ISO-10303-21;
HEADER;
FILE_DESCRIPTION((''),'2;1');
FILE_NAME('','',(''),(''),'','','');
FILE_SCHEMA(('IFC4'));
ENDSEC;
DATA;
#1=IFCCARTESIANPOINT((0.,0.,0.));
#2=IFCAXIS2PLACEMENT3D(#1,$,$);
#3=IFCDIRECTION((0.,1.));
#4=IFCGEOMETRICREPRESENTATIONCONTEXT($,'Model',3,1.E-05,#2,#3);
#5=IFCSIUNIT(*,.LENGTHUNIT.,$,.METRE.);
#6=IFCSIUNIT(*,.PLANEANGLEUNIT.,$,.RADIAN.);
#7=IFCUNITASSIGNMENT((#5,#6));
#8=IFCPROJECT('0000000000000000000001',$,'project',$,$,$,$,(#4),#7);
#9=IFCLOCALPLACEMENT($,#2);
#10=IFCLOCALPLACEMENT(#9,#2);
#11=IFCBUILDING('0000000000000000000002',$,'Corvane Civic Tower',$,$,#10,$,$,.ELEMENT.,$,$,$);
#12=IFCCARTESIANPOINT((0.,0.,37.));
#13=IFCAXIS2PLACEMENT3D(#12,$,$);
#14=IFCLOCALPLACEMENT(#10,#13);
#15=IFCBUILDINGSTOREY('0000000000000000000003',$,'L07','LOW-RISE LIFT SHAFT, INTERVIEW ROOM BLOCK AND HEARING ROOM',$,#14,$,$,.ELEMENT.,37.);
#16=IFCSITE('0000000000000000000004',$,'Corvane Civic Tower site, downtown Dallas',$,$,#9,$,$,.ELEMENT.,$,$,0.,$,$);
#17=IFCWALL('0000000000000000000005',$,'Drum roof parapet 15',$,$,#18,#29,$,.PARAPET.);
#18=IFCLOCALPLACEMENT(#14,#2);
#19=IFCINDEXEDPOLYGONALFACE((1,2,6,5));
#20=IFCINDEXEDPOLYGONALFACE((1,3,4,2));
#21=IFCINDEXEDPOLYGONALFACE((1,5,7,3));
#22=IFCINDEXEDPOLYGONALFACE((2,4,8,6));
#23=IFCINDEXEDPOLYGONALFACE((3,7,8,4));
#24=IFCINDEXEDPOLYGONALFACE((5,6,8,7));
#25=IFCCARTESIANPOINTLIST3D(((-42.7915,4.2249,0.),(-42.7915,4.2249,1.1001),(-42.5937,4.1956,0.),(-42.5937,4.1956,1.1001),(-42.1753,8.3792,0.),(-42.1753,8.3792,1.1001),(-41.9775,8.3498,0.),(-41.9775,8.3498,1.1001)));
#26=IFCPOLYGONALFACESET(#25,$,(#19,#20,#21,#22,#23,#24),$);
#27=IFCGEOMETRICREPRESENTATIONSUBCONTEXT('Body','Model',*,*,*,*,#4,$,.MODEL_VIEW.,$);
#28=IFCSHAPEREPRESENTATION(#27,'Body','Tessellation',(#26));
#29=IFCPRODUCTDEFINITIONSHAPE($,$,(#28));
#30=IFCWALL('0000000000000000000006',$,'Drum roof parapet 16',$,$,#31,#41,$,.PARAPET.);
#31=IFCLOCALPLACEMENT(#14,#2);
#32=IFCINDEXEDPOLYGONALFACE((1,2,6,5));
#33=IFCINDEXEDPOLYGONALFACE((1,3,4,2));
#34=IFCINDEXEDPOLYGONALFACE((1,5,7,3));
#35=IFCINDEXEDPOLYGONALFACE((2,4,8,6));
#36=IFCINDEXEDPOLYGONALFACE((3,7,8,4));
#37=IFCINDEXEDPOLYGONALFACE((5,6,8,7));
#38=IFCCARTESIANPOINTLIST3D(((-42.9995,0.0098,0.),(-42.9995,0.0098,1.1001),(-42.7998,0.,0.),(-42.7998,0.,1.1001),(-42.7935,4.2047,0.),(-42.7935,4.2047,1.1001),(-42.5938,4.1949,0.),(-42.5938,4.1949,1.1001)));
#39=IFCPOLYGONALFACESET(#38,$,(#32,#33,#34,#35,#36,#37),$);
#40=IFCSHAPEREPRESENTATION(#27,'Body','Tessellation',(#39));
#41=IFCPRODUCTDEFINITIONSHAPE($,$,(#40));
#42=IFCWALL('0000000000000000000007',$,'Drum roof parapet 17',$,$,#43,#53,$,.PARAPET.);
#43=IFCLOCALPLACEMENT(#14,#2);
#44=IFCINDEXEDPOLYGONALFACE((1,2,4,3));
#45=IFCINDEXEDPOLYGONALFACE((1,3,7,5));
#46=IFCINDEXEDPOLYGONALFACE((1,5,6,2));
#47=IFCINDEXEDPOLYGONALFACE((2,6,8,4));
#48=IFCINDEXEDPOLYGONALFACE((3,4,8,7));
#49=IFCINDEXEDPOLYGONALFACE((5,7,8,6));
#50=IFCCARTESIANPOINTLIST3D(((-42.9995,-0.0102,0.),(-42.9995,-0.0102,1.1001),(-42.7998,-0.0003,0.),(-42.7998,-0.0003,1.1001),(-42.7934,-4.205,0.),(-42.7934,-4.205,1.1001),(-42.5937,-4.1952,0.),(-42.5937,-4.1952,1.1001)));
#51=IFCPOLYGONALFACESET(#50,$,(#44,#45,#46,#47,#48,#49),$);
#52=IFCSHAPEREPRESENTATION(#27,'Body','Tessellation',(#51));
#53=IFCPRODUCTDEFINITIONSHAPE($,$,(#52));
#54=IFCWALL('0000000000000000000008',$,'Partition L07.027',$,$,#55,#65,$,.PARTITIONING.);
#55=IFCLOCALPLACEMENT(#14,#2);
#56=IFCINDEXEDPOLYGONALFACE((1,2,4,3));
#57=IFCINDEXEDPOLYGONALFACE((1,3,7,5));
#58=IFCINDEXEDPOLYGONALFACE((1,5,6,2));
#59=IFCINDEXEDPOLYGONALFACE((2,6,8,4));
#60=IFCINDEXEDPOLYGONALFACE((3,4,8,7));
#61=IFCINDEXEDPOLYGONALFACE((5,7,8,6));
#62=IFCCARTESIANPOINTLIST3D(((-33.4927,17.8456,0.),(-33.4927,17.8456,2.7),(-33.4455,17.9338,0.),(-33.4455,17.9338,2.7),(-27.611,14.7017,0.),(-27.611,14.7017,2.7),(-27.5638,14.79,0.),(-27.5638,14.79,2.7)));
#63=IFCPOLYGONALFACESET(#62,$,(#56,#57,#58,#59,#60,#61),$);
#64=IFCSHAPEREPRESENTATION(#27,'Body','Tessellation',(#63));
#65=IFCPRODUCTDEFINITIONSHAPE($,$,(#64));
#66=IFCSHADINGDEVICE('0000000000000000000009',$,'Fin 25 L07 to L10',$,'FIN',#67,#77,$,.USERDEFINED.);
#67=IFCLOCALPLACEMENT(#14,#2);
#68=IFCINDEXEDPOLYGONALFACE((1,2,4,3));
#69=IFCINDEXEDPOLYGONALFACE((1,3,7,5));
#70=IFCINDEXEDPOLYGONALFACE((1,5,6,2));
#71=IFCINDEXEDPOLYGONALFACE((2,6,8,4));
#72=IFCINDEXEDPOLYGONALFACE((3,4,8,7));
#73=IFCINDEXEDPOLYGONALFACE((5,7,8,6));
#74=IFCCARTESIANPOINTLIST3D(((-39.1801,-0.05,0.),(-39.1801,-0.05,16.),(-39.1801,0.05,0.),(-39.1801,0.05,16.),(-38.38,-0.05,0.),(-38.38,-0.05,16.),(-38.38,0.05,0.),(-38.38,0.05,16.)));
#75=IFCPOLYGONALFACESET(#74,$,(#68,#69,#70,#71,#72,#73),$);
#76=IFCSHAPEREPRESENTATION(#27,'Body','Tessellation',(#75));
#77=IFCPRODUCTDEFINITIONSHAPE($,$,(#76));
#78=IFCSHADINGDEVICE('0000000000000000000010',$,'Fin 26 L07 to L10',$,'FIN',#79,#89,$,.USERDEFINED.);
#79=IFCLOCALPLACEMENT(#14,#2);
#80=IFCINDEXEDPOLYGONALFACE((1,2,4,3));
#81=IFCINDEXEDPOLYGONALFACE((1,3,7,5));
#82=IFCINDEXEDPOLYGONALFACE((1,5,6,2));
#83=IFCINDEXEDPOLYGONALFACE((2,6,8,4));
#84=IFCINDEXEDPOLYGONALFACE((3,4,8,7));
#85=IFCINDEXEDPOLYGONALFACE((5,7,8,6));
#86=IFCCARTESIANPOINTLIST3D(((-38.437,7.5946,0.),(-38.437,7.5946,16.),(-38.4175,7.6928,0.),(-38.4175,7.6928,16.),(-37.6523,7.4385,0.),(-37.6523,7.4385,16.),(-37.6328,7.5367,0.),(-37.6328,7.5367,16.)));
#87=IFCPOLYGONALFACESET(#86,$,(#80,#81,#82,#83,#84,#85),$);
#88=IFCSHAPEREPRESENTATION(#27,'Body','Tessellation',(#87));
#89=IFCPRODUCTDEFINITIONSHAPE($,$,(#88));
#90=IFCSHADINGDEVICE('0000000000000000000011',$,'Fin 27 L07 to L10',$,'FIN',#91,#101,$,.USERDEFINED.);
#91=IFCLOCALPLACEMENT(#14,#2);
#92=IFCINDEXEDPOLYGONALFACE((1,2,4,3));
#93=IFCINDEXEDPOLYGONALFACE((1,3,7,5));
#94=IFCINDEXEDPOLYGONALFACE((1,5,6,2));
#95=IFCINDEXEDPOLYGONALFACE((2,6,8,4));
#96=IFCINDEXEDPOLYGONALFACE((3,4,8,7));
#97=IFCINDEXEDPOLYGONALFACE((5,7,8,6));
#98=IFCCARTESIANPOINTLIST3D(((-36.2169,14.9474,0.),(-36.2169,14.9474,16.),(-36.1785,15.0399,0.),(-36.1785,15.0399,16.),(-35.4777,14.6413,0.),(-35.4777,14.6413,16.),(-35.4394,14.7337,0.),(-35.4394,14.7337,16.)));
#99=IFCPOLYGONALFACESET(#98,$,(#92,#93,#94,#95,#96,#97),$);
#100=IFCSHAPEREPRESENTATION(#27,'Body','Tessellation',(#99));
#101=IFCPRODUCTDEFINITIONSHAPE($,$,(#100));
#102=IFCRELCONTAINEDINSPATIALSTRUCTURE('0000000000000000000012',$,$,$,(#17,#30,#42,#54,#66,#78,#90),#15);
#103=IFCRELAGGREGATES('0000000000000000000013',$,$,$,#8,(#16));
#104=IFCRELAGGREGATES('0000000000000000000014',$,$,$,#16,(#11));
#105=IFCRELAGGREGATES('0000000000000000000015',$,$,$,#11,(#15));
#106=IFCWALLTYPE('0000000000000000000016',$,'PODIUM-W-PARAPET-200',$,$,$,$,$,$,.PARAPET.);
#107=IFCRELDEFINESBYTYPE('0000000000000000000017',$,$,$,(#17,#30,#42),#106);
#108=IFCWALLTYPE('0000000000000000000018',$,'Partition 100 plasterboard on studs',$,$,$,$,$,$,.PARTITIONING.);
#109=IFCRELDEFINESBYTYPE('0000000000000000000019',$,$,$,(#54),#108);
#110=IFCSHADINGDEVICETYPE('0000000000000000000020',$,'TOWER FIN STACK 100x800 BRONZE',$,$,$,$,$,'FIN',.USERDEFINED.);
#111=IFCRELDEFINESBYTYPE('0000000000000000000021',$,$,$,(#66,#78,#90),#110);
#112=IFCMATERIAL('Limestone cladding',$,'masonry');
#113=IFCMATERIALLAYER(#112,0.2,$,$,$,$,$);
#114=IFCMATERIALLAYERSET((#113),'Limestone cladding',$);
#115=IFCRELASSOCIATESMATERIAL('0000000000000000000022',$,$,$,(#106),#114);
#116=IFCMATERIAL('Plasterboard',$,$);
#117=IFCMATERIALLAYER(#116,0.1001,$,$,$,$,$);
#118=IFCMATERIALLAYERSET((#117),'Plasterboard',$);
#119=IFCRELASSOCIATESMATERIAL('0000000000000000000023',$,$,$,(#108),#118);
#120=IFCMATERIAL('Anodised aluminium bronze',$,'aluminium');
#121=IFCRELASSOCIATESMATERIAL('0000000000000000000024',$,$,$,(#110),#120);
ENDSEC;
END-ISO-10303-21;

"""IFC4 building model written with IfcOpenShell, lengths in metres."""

from ifc_helpers import new_model, si_unit, direction, frame, frame_2d, origin, origin_2d, place, context, subcontext, project, spatial, rectangle, extrude, material, layer, layer_set, material_profile, profile_set, type_object, element, save


model = new_model("IFC4")

# Units and contexts
model_context = context("Model", 3, precision=1e-05, world=origin(), true_north=direction((0.0, 1.0)))
body_context = subcontext(model_context, "Body", "Model", "MODEL_VIEW")
ifc_project = project(units=[si_unit("LENGTHUNIT", "METRE"), si_unit("PLANEANGLEUNIT", "RADIAN")], contexts=[model_context])

# Site, building, storey
site_placement = place(None, origin())
site = spatial("IfcSite", under=ifc_project, at=site_placement, Name="Corvane Civic Tower site, downtown Dallas", CompositionType="ELEMENT", RefElevation=0.0)
building_placement = place(site_placement, origin())
building = spatial("IfcBuilding", under=site, at=building_placement, Name="Corvane Civic Tower", CompositionType="ELEMENT")
storey_placement = place(building_placement, frame((0.0, 0.0, 37.0)))
storey = spatial("IfcBuildingStorey", under=building, at=storey_placement, Name="L07", Description="LOW-RISE LIFT SHAFT, INTERVIEW ROOM BLOCK AND HEARING ROOM", CompositionType="ELEMENT", Elevation=37.0)

# Walls
ifc_material_1 = material(Name="Limestone cladding", Category="masonry")
ifc_layer_1 = layer(ifc_material_1, 0.2)
ifc_layer_set_1 = layer_set([ifc_layer_1], Name="Limestone cladding")
wall_type_1 = type_object("IfcWallType", Name="PODIUM-W-PARAPET-200", PredefinedType="PARAPET", material=ifc_layer_set_1)
wall_1_placement = place(storey_placement, frame((-42.0764, 8.3645, 0.0), z_axis=(0.0, 0.0, 1.0), x_axis=(-0.146726, -0.989177, 0.0)))
element("IfcWall", 1, at=wall_1_placement, inside=storey, type_object=wall_type_1, Name="Drum roof parapet 15", PredefinedType="PARAPET", context=body_context, shape_type="SweptSolid", body=[
    extrude(rectangle(XDim=4.1997, YDim=0.2, at=frame_2d((2.0999, 0.0))), origin(), (0.0, 0.0, 1.0), 1.1001),
])
for number, where, z_axis, x_axis, name in (
    (2, (-42.6936, 4.2, 0.0), (0.0, 0.0, 1.0), (-0.049062, -0.998796, 0.0), "Drum roof parapet 16"),
    (3, (-42.8997, -0.0051, 0.0), (0.0, 0.0, 1.0), (0.049062, -0.998796, 0.0), "Drum roof parapet 17"),
):
    element("IfcWall", number, at=place(storey_placement, frame(where, z_axis=z_axis, x_axis=x_axis)), inside=storey, type_object=wall_type_1, Name=name, PredefinedType="PARAPET", context=body_context, shape_type="SweptSolid", body=[
        extrude(rectangle(XDim=4.2, YDim=0.2, at=frame_2d((2.1001, 0.0))), origin(), (0.0, 0.0, 1.0), 1.1001),
    ])
ifc_material_2 = material(Name="Plasterboard")
ifc_layer_2 = layer(ifc_material_2, 0.1001)
ifc_layer_set_2 = layer_set([ifc_layer_2], Name="Plasterboard")
wall_type_2 = type_object("IfcWallType", Name="Partition 100 plasterboard on studs", PredefinedType="PARTITIONING", material=ifc_layer_set_2)
wall_2_placement = place(storey_placement, frame((-33.469, 17.8896, 0.0), z_axis=(0.0, 0.0, 1.0), x_axis=(0.88192, -0.471399, 0.0)))
element("IfcWall", 4, at=wall_2_placement, inside=storey, type_object=wall_type_2, Name="Partition L07.027", PredefinedType="PARTITIONING", context=body_context, shape_type="SweptSolid", body=[
    extrude(rectangle(XDim=6.6692, YDim=0.1001, at=frame_2d((3.3345, 0.0))), origin(), (0.0, 0.0, 1.0), 2.7),
])

# Shading devices
ifc_material_3 = material(Name="Anodised aluminium bronze", Category="aluminium")
ifc_material_profile_1 = material_profile(ifc_material_3, rectangle(XDim=0.1001, YDim=0.8, at=origin_2d()), Name="TOWER FIN STACK 100x800 BRONZE")
ifc_profile_set_1 = profile_set([ifc_material_profile_1], Name="Anodised aluminium bronze")
shading_device_type = type_object("IfcShadingDeviceType", Name="TOWER FIN STACK 100x800 BRONZE", ElementType="FIN", PredefinedType="USERDEFINED", material=ifc_profile_set_1)
for number, where, z_axis, x_axis, name in (
    (5, (-38.78, 0.0, 0.0), (0.0, 0.0, 1.0), (0.0, 1.0, 0.0), "Fin 25 L07 to L10"),
    (6, (-38.0349, 7.5657, 0.0), (0.0, 0.0, 1.0), (0.19509, 0.980785, 0.0), "Fin 26 L07 to L10"),
    (7, (-35.8281, 14.8406, 0.0), (0.0, 0.0, 1.0), (0.382683, 0.92388, 0.0), "Fin 27 L07 to L10"),
):
    element("IfcShadingDevice", number, at=place(storey_placement, frame(where, z_axis=z_axis, x_axis=x_axis)), inside=storey, type_object=shading_device_type, Name=name, ObjectType="FIN", PredefinedType="USERDEFINED", context=body_context, shape_type="SweptSolid", body=[
        extrude(rectangle(XDim=0.1001, YDim=0.8, at=origin_2d()), origin(), (0.0, 0.0, 1.0), 16.0),
    ])

save(model, "model.ifc")
